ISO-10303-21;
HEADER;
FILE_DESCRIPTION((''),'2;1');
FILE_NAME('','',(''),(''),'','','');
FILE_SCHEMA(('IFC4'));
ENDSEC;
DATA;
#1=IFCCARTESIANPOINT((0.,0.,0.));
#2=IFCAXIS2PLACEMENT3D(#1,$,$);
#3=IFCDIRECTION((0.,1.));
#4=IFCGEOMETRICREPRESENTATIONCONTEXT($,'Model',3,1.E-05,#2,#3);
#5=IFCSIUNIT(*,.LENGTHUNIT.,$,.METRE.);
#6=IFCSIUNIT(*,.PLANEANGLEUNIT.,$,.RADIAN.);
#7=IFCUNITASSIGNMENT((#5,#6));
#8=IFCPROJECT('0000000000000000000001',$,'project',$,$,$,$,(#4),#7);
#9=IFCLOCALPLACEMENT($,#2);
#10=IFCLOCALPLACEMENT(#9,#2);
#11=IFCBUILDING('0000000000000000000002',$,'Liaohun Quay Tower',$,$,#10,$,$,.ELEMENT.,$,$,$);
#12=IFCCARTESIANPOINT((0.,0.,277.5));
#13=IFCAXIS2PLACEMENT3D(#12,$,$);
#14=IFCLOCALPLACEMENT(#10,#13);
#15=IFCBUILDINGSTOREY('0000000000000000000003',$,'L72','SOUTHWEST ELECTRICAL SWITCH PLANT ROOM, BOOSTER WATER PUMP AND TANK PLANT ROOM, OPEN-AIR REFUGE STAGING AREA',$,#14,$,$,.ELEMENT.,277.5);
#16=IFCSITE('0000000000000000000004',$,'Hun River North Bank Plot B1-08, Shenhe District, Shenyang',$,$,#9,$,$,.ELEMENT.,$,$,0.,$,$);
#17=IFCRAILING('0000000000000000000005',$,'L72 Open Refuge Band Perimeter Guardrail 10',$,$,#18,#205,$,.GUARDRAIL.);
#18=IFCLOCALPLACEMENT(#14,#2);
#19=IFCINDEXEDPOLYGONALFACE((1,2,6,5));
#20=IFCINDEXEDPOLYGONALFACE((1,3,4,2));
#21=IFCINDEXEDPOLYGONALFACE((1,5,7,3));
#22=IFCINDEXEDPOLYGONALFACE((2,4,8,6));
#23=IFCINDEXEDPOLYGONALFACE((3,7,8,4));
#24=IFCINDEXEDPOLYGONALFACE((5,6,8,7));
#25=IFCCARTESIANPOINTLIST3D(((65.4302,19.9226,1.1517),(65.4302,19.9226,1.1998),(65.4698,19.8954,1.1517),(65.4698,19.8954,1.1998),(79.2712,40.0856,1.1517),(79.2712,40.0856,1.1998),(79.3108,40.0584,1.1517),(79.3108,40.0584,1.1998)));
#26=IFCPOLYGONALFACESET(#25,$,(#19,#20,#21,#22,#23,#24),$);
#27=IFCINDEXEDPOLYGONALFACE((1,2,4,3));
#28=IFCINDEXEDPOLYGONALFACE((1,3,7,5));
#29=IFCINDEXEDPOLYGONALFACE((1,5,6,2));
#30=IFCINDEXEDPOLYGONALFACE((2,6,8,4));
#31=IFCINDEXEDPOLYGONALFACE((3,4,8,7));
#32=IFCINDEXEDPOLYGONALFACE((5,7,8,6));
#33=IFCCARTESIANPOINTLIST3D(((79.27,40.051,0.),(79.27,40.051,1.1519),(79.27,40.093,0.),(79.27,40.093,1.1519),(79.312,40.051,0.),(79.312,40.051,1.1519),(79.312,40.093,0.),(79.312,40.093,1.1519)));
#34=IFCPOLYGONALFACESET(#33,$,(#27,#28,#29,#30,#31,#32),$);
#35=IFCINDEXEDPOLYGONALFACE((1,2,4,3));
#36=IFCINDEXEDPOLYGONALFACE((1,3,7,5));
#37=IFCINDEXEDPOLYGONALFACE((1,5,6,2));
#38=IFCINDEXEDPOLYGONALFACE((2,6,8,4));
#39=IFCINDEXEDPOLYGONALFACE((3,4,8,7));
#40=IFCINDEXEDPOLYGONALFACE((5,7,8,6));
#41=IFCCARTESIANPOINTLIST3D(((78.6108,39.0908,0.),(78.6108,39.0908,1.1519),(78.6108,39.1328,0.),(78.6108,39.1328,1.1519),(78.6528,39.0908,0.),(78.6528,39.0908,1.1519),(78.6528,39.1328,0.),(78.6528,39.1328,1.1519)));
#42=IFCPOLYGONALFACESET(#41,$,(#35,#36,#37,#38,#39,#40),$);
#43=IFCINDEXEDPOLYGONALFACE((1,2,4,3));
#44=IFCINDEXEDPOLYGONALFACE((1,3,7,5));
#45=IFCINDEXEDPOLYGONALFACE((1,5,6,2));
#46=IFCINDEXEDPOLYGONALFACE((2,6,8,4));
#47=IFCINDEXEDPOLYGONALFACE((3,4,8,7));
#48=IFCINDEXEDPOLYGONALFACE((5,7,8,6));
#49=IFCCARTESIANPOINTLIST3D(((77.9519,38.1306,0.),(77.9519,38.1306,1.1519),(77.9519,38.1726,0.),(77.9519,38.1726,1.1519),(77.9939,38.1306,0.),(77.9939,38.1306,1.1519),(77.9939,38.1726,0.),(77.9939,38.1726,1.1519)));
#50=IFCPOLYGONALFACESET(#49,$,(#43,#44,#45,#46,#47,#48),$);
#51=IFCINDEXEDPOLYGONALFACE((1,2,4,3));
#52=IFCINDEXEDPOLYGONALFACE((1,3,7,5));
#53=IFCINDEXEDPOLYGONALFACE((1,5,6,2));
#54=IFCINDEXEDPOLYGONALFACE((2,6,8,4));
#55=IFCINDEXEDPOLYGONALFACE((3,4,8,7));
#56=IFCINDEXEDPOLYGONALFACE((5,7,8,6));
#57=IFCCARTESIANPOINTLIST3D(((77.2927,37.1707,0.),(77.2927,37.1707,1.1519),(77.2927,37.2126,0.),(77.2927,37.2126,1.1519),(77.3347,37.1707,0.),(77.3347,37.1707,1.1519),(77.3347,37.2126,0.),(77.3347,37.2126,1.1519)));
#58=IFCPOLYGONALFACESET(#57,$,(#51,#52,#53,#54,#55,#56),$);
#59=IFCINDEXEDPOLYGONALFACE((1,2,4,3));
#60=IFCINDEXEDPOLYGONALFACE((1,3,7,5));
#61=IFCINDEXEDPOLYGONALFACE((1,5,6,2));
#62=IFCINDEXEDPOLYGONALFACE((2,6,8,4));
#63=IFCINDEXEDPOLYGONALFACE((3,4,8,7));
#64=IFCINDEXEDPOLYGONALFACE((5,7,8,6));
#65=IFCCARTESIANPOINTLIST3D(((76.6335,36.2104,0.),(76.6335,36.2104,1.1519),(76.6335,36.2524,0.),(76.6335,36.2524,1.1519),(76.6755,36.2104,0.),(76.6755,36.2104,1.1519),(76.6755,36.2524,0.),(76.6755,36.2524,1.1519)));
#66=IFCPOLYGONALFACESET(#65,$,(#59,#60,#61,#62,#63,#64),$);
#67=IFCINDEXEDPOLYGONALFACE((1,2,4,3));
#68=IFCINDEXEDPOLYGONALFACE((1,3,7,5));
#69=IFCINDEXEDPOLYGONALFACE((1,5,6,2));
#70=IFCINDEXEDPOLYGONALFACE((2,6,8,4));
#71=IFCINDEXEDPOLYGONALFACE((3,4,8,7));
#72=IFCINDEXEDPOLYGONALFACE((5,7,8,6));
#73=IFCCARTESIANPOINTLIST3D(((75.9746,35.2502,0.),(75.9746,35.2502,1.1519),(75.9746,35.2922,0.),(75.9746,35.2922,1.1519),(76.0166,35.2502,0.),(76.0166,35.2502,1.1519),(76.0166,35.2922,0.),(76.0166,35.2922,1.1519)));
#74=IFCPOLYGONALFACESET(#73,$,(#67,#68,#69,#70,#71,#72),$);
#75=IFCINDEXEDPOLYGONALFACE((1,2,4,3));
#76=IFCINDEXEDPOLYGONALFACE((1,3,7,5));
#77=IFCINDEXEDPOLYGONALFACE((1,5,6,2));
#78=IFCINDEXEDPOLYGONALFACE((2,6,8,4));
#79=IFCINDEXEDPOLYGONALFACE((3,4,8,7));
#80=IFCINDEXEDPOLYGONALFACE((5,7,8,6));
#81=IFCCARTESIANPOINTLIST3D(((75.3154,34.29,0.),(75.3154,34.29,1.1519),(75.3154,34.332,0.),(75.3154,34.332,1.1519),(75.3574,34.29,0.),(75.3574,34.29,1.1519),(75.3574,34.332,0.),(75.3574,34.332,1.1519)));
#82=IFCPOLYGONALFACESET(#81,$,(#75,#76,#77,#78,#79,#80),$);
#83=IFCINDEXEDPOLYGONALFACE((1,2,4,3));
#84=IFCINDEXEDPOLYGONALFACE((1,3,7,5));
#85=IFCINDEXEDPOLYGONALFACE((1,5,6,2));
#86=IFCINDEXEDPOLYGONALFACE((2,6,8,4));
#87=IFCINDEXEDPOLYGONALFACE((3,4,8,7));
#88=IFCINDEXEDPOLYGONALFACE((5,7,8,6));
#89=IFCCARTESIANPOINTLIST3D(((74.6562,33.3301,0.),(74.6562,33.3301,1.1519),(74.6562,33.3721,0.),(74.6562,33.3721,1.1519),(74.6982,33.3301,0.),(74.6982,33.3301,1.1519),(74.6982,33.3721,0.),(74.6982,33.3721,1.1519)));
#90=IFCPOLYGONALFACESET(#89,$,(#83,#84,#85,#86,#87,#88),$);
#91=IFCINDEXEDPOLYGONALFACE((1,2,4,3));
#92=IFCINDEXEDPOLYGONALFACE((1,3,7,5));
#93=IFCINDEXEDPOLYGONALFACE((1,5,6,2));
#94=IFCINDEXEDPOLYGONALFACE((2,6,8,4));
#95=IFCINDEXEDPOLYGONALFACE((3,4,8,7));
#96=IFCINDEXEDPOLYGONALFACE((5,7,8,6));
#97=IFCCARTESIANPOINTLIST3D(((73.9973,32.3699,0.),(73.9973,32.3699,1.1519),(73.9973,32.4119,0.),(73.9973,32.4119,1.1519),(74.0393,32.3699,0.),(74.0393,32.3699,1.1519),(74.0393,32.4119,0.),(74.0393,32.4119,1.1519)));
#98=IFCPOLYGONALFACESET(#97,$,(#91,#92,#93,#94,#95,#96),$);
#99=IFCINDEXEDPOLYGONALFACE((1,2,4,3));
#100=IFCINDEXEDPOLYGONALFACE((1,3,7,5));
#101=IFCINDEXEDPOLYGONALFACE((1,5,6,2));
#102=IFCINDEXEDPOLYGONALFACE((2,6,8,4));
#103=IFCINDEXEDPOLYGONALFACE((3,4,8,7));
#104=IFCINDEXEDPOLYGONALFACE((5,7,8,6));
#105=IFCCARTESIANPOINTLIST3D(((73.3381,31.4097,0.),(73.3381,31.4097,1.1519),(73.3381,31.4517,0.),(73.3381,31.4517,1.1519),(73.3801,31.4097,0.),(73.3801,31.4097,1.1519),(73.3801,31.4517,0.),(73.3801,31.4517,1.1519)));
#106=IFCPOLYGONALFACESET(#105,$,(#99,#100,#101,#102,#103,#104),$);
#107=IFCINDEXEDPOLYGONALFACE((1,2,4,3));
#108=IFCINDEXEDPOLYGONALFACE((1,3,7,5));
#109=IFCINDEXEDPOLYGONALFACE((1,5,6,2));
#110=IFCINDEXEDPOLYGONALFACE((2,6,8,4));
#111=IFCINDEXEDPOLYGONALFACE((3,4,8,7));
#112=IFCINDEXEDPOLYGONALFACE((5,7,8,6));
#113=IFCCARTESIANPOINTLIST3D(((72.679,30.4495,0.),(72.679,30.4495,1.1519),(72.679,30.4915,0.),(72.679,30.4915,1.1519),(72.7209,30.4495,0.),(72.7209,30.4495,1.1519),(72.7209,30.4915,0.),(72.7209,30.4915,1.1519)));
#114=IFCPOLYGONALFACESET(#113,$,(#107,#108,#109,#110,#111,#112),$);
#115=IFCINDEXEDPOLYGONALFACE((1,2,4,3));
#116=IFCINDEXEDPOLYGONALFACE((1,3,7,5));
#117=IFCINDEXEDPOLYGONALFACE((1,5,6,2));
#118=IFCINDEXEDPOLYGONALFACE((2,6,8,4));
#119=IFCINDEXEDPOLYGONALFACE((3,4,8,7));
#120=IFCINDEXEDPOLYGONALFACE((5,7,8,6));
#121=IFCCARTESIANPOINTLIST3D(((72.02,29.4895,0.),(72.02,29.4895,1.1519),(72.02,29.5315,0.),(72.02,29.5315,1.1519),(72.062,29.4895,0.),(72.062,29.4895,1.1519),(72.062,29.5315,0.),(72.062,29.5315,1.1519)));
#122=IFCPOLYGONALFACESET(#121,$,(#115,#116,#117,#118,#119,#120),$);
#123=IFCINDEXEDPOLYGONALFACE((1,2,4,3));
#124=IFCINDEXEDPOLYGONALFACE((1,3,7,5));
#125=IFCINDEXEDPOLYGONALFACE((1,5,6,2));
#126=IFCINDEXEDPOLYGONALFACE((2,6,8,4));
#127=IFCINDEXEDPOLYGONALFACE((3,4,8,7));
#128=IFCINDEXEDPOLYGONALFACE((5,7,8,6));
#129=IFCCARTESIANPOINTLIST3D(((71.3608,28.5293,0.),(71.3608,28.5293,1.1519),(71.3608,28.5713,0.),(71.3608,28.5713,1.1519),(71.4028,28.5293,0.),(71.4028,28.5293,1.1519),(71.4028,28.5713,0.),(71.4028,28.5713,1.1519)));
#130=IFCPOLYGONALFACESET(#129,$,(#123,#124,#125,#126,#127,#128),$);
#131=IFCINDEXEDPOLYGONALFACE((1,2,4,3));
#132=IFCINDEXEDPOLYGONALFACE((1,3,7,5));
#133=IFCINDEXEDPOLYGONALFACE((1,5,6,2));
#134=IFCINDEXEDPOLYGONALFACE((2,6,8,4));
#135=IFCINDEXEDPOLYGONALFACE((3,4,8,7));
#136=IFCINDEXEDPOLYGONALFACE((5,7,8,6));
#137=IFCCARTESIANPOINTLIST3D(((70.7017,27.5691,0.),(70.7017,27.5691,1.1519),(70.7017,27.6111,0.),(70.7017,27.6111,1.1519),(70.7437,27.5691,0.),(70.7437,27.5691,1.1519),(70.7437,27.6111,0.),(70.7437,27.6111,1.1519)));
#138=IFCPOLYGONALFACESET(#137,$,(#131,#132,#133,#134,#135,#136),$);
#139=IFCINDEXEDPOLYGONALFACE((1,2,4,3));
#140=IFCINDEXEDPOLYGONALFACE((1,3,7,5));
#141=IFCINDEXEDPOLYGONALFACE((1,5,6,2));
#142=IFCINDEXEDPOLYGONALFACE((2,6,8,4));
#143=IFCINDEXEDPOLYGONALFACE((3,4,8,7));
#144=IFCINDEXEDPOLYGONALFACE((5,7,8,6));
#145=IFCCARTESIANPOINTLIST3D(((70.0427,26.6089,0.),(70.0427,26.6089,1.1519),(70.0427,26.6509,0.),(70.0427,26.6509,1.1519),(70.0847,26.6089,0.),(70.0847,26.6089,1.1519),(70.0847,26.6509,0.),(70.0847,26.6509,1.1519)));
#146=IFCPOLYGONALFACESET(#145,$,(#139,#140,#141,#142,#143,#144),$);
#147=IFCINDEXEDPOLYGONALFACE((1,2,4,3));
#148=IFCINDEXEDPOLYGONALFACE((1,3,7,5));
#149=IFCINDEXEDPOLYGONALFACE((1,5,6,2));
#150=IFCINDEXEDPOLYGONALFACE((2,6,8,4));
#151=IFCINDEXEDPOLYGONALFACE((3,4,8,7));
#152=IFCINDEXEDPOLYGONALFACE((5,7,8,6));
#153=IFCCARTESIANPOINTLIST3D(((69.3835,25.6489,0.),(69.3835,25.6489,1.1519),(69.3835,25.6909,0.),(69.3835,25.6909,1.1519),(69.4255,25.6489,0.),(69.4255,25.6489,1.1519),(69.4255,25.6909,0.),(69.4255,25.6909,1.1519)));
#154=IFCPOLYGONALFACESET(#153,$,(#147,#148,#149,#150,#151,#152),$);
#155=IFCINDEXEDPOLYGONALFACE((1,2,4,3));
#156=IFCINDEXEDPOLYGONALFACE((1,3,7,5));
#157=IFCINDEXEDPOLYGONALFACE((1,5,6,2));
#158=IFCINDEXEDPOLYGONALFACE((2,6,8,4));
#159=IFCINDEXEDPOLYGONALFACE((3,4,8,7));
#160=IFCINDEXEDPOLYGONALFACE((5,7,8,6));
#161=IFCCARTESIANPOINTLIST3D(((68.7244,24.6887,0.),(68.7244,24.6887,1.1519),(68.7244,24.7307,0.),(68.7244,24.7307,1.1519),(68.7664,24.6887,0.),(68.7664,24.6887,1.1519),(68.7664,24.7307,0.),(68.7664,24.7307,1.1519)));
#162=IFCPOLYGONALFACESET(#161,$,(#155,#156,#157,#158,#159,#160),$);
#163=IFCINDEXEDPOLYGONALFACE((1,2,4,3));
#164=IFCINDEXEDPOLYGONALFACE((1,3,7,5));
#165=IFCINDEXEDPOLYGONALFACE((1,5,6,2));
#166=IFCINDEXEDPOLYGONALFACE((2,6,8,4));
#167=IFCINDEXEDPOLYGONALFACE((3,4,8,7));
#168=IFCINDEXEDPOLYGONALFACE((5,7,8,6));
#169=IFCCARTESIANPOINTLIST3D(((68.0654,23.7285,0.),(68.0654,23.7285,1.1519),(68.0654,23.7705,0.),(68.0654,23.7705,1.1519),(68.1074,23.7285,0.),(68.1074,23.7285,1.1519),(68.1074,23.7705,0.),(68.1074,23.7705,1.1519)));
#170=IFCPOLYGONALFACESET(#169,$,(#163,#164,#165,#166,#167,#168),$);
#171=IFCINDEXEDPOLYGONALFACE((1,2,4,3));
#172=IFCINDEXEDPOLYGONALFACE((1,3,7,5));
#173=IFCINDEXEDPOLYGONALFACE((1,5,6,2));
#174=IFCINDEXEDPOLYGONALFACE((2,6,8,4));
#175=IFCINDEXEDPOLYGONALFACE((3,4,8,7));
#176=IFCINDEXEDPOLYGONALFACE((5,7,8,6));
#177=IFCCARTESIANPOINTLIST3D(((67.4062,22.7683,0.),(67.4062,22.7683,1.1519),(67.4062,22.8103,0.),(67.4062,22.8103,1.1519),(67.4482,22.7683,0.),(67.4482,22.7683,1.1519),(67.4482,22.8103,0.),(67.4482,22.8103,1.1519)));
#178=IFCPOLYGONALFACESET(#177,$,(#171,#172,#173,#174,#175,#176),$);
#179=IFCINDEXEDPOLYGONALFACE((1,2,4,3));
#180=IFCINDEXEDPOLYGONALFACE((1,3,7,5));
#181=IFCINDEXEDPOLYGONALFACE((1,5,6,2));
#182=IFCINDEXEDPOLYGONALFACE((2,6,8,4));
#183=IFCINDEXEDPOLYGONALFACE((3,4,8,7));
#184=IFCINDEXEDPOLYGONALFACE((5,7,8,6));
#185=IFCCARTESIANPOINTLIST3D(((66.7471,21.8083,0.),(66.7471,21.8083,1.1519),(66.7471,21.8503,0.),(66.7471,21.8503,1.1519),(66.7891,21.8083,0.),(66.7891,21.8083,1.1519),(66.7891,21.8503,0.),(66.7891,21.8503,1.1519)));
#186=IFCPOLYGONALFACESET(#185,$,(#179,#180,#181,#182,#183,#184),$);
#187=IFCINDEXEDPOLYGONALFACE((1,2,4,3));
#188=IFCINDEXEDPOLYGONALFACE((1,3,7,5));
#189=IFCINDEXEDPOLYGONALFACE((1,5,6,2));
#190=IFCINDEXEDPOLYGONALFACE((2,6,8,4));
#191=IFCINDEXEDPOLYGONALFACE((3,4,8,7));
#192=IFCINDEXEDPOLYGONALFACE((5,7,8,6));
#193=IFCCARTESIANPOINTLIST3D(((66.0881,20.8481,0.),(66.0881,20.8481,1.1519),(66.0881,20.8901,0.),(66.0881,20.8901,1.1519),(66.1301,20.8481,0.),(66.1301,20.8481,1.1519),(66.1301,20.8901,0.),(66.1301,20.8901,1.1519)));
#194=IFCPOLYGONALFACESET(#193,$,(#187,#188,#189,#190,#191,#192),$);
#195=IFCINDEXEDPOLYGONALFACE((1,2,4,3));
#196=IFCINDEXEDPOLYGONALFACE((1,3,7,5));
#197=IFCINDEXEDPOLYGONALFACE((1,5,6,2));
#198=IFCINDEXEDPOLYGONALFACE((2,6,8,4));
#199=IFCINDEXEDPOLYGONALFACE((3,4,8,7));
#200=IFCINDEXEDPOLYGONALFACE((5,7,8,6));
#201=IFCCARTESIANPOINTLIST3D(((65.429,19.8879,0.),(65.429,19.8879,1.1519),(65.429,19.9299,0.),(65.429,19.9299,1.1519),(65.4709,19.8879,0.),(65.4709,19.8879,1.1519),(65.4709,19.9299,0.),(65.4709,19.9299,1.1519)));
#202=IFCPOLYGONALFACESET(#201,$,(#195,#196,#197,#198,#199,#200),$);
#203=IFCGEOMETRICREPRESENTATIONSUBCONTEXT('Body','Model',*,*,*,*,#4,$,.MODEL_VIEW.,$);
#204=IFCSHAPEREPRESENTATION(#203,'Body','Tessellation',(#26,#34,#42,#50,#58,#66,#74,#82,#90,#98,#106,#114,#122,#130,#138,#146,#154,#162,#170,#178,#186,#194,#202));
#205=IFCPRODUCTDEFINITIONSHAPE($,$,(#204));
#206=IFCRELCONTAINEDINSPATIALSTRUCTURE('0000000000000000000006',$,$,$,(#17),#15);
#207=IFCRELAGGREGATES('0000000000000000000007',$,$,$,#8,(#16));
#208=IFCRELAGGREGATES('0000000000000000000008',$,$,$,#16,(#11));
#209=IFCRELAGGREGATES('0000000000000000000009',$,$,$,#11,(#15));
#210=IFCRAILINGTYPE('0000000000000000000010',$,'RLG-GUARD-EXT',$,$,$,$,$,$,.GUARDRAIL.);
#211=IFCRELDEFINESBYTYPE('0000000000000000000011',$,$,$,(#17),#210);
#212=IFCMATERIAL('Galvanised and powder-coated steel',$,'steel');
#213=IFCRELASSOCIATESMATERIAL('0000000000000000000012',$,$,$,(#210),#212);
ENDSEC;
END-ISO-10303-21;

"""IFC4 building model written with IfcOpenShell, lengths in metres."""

from ifc_helpers import new_model, si_unit, direction, frame, origin, origin_2d, place, context, subcontext, project, spatial, rectangle, extrude, material, type_object, element, save


model = new_model("IFC4")

# Units and contexts
model_context = context("Model", 3, precision=1e-05, world=origin(), true_north=direction((0.0, 1.0)))
body_context = subcontext(model_context, "Body", "Model", "MODEL_VIEW")
ifc_project = project(units=[si_unit("LENGTHUNIT", "METRE"), si_unit("PLANEANGLEUNIT", "RADIAN")], contexts=[model_context])

# Site, building, storey
site_placement = place(None, origin())
site = spatial("IfcSite", under=ifc_project, at=site_placement, Name="Hun River North Bank Plot B1-08, Shenhe District, Shenyang", CompositionType="ELEMENT", RefElevation=0.0)
building_placement = place(site_placement, origin())
building = spatial("IfcBuilding", under=site, at=building_placement, Name="Liaohun Quay Tower", CompositionType="ELEMENT")
storey_placement = place(building_placement, frame((0.0, 0.0, 277.5)))
storey = spatial("IfcBuildingStorey", under=building, at=storey_placement, Name="L72", Description="SOUTHWEST ELECTRICAL SWITCH PLANT ROOM, BOOSTER WATER PUMP AND TANK PLANT ROOM, OPEN-AIR REFUGE STAGING AREA", CompositionType="ELEMENT", Elevation=277.5)

# Railing
ifc_material_1 = material(Name="Galvanised and powder-coated steel", Category="steel")
railing_type = type_object("IfcRailingType", Name="RLG-GUARD-EXT", PredefinedType="GUARDRAIL", material=ifc_material_1)
railing_1_placement = place(storey_placement, frame((79.291, 40.072, 0.0)))
element("IfcRailing", 1, at=railing_1_placement, inside=storey, type_object=railing_type, Name="L72 Open Refuge Band Perimeter Guardrail 10", PredefinedType="GUARDRAIL", context=body_context, shape_type="SweptSolid", body=[
    extrude(rectangle(XDim=0.0481, YDim=0.0481, at=origin_2d()), frame((0.0, 0.0, 1.1758), z_axis=(-0.565944, -0.824444, 0.0), x_axis=(0.824444, -0.565944, 0.0)), (0.0, 0.0, 1.0), 24.4565),
    extrude(rectangle(XDim=0.042, YDim=0.042, at=origin_2d()), origin(), (0.0, 0.0, 1.0), 1.1519),
    extrude(rectangle(XDim=0.042, YDim=0.042, at=origin_2d()), frame((-0.6592, -0.9602, 0.0)), (0.0, 0.0, 1.0), 1.1519),
    extrude(rectangle(XDim=0.042, YDim=0.042, at=origin_2d()), frame((-1.3181, -1.9204, 0.0)), (0.0, 0.0, 1.0), 1.1519),
    extrude(rectangle(XDim=0.042, YDim=0.042, at=origin_2d()), frame((-1.9773, -2.8804, 0.0)), (0.0, 0.0, 1.0), 1.1519),
    extrude(rectangle(XDim=0.042, YDim=0.042, at=origin_2d()), frame((-2.6365, -3.8406, 0.0)), (0.0, 0.0, 1.0), 1.1519),
    extrude(rectangle(XDim=0.042, YDim=0.042, at=origin_2d()), frame((-3.2954, -4.8008, 0.0)), (0.0, 0.0, 1.0), 1.1519),
    extrude(rectangle(XDim=0.042, YDim=0.042, at=origin_2d()), frame((-3.9546, -5.761, 0.0)), (0.0, 0.0, 1.0), 1.1519),
    extrude(rectangle(XDim=0.042, YDim=0.042, at=origin_2d()), frame((-4.6138, -6.7209, 0.0)), (0.0, 0.0, 1.0), 1.1519),
    extrude(rectangle(XDim=0.042, YDim=0.042, at=origin_2d()), frame((-5.2727, -7.6812, 0.0)), (0.0, 0.0, 1.0), 1.1519),
    extrude(rectangle(XDim=0.042, YDim=0.042, at=origin_2d()), frame((-5.9319, -8.6414, 0.0)), (0.0, 0.0, 1.0), 1.1519),
    extrude(rectangle(XDim=0.042, YDim=0.042, at=origin_2d()), frame((-6.5911, -9.6016, 0.0)), (0.0, 0.0, 1.0), 1.1519),
    extrude(rectangle(XDim=0.042, YDim=0.042, at=origin_2d()), frame((-7.25, -10.5615, 0.0)), (0.0, 0.0, 1.0), 1.1519),
    extrude(rectangle(XDim=0.042, YDim=0.042, at=origin_2d()), frame((-7.9092, -11.5217, 0.0)), (0.0, 0.0, 1.0), 1.1519),
    extrude(rectangle(XDim=0.042, YDim=0.042, at=origin_2d()), frame((-8.5684, -12.4819, 0.0)), (0.0, 0.0, 1.0), 1.1519),
    extrude(rectangle(XDim=0.042, YDim=0.042, at=origin_2d()), frame((-9.2273, -13.4421, 0.0)), (0.0, 0.0, 1.0), 1.1519),
    extrude(rectangle(XDim=0.042, YDim=0.042, at=origin_2d()), frame((-9.8865, -14.4021, 0.0)), (0.0, 0.0, 1.0), 1.1519),
    extrude(rectangle(XDim=0.042, YDim=0.042, at=origin_2d()), frame((-10.5457, -15.3623, 0.0)), (0.0, 0.0, 1.0), 1.1519),
    extrude(rectangle(XDim=0.042, YDim=0.042, at=origin_2d()), frame((-11.2046, -16.3225, 0.0)), (0.0, 0.0, 1.0), 1.1519),
    extrude(rectangle(XDim=0.042, YDim=0.042, at=origin_2d()), frame((-11.8638, -17.2827, 0.0)), (0.0, 0.0, 1.0), 1.1519),
    extrude(rectangle(XDim=0.042, YDim=0.042, at=origin_2d()), frame((-12.5229, -18.2427, 0.0)), (0.0, 0.0, 1.0), 1.1519),
    extrude(rectangle(XDim=0.042, YDim=0.042, at=origin_2d()), frame((-13.1819, -19.2029, 0.0)), (0.0, 0.0, 1.0), 1.1519),
    extrude(rectangle(XDim=0.042, YDim=0.042, at=origin_2d()), frame((-13.8411, -20.1631, 0.0)), (0.0, 0.0, 1.0), 1.1519),
])

save(model, "model.ifc")
